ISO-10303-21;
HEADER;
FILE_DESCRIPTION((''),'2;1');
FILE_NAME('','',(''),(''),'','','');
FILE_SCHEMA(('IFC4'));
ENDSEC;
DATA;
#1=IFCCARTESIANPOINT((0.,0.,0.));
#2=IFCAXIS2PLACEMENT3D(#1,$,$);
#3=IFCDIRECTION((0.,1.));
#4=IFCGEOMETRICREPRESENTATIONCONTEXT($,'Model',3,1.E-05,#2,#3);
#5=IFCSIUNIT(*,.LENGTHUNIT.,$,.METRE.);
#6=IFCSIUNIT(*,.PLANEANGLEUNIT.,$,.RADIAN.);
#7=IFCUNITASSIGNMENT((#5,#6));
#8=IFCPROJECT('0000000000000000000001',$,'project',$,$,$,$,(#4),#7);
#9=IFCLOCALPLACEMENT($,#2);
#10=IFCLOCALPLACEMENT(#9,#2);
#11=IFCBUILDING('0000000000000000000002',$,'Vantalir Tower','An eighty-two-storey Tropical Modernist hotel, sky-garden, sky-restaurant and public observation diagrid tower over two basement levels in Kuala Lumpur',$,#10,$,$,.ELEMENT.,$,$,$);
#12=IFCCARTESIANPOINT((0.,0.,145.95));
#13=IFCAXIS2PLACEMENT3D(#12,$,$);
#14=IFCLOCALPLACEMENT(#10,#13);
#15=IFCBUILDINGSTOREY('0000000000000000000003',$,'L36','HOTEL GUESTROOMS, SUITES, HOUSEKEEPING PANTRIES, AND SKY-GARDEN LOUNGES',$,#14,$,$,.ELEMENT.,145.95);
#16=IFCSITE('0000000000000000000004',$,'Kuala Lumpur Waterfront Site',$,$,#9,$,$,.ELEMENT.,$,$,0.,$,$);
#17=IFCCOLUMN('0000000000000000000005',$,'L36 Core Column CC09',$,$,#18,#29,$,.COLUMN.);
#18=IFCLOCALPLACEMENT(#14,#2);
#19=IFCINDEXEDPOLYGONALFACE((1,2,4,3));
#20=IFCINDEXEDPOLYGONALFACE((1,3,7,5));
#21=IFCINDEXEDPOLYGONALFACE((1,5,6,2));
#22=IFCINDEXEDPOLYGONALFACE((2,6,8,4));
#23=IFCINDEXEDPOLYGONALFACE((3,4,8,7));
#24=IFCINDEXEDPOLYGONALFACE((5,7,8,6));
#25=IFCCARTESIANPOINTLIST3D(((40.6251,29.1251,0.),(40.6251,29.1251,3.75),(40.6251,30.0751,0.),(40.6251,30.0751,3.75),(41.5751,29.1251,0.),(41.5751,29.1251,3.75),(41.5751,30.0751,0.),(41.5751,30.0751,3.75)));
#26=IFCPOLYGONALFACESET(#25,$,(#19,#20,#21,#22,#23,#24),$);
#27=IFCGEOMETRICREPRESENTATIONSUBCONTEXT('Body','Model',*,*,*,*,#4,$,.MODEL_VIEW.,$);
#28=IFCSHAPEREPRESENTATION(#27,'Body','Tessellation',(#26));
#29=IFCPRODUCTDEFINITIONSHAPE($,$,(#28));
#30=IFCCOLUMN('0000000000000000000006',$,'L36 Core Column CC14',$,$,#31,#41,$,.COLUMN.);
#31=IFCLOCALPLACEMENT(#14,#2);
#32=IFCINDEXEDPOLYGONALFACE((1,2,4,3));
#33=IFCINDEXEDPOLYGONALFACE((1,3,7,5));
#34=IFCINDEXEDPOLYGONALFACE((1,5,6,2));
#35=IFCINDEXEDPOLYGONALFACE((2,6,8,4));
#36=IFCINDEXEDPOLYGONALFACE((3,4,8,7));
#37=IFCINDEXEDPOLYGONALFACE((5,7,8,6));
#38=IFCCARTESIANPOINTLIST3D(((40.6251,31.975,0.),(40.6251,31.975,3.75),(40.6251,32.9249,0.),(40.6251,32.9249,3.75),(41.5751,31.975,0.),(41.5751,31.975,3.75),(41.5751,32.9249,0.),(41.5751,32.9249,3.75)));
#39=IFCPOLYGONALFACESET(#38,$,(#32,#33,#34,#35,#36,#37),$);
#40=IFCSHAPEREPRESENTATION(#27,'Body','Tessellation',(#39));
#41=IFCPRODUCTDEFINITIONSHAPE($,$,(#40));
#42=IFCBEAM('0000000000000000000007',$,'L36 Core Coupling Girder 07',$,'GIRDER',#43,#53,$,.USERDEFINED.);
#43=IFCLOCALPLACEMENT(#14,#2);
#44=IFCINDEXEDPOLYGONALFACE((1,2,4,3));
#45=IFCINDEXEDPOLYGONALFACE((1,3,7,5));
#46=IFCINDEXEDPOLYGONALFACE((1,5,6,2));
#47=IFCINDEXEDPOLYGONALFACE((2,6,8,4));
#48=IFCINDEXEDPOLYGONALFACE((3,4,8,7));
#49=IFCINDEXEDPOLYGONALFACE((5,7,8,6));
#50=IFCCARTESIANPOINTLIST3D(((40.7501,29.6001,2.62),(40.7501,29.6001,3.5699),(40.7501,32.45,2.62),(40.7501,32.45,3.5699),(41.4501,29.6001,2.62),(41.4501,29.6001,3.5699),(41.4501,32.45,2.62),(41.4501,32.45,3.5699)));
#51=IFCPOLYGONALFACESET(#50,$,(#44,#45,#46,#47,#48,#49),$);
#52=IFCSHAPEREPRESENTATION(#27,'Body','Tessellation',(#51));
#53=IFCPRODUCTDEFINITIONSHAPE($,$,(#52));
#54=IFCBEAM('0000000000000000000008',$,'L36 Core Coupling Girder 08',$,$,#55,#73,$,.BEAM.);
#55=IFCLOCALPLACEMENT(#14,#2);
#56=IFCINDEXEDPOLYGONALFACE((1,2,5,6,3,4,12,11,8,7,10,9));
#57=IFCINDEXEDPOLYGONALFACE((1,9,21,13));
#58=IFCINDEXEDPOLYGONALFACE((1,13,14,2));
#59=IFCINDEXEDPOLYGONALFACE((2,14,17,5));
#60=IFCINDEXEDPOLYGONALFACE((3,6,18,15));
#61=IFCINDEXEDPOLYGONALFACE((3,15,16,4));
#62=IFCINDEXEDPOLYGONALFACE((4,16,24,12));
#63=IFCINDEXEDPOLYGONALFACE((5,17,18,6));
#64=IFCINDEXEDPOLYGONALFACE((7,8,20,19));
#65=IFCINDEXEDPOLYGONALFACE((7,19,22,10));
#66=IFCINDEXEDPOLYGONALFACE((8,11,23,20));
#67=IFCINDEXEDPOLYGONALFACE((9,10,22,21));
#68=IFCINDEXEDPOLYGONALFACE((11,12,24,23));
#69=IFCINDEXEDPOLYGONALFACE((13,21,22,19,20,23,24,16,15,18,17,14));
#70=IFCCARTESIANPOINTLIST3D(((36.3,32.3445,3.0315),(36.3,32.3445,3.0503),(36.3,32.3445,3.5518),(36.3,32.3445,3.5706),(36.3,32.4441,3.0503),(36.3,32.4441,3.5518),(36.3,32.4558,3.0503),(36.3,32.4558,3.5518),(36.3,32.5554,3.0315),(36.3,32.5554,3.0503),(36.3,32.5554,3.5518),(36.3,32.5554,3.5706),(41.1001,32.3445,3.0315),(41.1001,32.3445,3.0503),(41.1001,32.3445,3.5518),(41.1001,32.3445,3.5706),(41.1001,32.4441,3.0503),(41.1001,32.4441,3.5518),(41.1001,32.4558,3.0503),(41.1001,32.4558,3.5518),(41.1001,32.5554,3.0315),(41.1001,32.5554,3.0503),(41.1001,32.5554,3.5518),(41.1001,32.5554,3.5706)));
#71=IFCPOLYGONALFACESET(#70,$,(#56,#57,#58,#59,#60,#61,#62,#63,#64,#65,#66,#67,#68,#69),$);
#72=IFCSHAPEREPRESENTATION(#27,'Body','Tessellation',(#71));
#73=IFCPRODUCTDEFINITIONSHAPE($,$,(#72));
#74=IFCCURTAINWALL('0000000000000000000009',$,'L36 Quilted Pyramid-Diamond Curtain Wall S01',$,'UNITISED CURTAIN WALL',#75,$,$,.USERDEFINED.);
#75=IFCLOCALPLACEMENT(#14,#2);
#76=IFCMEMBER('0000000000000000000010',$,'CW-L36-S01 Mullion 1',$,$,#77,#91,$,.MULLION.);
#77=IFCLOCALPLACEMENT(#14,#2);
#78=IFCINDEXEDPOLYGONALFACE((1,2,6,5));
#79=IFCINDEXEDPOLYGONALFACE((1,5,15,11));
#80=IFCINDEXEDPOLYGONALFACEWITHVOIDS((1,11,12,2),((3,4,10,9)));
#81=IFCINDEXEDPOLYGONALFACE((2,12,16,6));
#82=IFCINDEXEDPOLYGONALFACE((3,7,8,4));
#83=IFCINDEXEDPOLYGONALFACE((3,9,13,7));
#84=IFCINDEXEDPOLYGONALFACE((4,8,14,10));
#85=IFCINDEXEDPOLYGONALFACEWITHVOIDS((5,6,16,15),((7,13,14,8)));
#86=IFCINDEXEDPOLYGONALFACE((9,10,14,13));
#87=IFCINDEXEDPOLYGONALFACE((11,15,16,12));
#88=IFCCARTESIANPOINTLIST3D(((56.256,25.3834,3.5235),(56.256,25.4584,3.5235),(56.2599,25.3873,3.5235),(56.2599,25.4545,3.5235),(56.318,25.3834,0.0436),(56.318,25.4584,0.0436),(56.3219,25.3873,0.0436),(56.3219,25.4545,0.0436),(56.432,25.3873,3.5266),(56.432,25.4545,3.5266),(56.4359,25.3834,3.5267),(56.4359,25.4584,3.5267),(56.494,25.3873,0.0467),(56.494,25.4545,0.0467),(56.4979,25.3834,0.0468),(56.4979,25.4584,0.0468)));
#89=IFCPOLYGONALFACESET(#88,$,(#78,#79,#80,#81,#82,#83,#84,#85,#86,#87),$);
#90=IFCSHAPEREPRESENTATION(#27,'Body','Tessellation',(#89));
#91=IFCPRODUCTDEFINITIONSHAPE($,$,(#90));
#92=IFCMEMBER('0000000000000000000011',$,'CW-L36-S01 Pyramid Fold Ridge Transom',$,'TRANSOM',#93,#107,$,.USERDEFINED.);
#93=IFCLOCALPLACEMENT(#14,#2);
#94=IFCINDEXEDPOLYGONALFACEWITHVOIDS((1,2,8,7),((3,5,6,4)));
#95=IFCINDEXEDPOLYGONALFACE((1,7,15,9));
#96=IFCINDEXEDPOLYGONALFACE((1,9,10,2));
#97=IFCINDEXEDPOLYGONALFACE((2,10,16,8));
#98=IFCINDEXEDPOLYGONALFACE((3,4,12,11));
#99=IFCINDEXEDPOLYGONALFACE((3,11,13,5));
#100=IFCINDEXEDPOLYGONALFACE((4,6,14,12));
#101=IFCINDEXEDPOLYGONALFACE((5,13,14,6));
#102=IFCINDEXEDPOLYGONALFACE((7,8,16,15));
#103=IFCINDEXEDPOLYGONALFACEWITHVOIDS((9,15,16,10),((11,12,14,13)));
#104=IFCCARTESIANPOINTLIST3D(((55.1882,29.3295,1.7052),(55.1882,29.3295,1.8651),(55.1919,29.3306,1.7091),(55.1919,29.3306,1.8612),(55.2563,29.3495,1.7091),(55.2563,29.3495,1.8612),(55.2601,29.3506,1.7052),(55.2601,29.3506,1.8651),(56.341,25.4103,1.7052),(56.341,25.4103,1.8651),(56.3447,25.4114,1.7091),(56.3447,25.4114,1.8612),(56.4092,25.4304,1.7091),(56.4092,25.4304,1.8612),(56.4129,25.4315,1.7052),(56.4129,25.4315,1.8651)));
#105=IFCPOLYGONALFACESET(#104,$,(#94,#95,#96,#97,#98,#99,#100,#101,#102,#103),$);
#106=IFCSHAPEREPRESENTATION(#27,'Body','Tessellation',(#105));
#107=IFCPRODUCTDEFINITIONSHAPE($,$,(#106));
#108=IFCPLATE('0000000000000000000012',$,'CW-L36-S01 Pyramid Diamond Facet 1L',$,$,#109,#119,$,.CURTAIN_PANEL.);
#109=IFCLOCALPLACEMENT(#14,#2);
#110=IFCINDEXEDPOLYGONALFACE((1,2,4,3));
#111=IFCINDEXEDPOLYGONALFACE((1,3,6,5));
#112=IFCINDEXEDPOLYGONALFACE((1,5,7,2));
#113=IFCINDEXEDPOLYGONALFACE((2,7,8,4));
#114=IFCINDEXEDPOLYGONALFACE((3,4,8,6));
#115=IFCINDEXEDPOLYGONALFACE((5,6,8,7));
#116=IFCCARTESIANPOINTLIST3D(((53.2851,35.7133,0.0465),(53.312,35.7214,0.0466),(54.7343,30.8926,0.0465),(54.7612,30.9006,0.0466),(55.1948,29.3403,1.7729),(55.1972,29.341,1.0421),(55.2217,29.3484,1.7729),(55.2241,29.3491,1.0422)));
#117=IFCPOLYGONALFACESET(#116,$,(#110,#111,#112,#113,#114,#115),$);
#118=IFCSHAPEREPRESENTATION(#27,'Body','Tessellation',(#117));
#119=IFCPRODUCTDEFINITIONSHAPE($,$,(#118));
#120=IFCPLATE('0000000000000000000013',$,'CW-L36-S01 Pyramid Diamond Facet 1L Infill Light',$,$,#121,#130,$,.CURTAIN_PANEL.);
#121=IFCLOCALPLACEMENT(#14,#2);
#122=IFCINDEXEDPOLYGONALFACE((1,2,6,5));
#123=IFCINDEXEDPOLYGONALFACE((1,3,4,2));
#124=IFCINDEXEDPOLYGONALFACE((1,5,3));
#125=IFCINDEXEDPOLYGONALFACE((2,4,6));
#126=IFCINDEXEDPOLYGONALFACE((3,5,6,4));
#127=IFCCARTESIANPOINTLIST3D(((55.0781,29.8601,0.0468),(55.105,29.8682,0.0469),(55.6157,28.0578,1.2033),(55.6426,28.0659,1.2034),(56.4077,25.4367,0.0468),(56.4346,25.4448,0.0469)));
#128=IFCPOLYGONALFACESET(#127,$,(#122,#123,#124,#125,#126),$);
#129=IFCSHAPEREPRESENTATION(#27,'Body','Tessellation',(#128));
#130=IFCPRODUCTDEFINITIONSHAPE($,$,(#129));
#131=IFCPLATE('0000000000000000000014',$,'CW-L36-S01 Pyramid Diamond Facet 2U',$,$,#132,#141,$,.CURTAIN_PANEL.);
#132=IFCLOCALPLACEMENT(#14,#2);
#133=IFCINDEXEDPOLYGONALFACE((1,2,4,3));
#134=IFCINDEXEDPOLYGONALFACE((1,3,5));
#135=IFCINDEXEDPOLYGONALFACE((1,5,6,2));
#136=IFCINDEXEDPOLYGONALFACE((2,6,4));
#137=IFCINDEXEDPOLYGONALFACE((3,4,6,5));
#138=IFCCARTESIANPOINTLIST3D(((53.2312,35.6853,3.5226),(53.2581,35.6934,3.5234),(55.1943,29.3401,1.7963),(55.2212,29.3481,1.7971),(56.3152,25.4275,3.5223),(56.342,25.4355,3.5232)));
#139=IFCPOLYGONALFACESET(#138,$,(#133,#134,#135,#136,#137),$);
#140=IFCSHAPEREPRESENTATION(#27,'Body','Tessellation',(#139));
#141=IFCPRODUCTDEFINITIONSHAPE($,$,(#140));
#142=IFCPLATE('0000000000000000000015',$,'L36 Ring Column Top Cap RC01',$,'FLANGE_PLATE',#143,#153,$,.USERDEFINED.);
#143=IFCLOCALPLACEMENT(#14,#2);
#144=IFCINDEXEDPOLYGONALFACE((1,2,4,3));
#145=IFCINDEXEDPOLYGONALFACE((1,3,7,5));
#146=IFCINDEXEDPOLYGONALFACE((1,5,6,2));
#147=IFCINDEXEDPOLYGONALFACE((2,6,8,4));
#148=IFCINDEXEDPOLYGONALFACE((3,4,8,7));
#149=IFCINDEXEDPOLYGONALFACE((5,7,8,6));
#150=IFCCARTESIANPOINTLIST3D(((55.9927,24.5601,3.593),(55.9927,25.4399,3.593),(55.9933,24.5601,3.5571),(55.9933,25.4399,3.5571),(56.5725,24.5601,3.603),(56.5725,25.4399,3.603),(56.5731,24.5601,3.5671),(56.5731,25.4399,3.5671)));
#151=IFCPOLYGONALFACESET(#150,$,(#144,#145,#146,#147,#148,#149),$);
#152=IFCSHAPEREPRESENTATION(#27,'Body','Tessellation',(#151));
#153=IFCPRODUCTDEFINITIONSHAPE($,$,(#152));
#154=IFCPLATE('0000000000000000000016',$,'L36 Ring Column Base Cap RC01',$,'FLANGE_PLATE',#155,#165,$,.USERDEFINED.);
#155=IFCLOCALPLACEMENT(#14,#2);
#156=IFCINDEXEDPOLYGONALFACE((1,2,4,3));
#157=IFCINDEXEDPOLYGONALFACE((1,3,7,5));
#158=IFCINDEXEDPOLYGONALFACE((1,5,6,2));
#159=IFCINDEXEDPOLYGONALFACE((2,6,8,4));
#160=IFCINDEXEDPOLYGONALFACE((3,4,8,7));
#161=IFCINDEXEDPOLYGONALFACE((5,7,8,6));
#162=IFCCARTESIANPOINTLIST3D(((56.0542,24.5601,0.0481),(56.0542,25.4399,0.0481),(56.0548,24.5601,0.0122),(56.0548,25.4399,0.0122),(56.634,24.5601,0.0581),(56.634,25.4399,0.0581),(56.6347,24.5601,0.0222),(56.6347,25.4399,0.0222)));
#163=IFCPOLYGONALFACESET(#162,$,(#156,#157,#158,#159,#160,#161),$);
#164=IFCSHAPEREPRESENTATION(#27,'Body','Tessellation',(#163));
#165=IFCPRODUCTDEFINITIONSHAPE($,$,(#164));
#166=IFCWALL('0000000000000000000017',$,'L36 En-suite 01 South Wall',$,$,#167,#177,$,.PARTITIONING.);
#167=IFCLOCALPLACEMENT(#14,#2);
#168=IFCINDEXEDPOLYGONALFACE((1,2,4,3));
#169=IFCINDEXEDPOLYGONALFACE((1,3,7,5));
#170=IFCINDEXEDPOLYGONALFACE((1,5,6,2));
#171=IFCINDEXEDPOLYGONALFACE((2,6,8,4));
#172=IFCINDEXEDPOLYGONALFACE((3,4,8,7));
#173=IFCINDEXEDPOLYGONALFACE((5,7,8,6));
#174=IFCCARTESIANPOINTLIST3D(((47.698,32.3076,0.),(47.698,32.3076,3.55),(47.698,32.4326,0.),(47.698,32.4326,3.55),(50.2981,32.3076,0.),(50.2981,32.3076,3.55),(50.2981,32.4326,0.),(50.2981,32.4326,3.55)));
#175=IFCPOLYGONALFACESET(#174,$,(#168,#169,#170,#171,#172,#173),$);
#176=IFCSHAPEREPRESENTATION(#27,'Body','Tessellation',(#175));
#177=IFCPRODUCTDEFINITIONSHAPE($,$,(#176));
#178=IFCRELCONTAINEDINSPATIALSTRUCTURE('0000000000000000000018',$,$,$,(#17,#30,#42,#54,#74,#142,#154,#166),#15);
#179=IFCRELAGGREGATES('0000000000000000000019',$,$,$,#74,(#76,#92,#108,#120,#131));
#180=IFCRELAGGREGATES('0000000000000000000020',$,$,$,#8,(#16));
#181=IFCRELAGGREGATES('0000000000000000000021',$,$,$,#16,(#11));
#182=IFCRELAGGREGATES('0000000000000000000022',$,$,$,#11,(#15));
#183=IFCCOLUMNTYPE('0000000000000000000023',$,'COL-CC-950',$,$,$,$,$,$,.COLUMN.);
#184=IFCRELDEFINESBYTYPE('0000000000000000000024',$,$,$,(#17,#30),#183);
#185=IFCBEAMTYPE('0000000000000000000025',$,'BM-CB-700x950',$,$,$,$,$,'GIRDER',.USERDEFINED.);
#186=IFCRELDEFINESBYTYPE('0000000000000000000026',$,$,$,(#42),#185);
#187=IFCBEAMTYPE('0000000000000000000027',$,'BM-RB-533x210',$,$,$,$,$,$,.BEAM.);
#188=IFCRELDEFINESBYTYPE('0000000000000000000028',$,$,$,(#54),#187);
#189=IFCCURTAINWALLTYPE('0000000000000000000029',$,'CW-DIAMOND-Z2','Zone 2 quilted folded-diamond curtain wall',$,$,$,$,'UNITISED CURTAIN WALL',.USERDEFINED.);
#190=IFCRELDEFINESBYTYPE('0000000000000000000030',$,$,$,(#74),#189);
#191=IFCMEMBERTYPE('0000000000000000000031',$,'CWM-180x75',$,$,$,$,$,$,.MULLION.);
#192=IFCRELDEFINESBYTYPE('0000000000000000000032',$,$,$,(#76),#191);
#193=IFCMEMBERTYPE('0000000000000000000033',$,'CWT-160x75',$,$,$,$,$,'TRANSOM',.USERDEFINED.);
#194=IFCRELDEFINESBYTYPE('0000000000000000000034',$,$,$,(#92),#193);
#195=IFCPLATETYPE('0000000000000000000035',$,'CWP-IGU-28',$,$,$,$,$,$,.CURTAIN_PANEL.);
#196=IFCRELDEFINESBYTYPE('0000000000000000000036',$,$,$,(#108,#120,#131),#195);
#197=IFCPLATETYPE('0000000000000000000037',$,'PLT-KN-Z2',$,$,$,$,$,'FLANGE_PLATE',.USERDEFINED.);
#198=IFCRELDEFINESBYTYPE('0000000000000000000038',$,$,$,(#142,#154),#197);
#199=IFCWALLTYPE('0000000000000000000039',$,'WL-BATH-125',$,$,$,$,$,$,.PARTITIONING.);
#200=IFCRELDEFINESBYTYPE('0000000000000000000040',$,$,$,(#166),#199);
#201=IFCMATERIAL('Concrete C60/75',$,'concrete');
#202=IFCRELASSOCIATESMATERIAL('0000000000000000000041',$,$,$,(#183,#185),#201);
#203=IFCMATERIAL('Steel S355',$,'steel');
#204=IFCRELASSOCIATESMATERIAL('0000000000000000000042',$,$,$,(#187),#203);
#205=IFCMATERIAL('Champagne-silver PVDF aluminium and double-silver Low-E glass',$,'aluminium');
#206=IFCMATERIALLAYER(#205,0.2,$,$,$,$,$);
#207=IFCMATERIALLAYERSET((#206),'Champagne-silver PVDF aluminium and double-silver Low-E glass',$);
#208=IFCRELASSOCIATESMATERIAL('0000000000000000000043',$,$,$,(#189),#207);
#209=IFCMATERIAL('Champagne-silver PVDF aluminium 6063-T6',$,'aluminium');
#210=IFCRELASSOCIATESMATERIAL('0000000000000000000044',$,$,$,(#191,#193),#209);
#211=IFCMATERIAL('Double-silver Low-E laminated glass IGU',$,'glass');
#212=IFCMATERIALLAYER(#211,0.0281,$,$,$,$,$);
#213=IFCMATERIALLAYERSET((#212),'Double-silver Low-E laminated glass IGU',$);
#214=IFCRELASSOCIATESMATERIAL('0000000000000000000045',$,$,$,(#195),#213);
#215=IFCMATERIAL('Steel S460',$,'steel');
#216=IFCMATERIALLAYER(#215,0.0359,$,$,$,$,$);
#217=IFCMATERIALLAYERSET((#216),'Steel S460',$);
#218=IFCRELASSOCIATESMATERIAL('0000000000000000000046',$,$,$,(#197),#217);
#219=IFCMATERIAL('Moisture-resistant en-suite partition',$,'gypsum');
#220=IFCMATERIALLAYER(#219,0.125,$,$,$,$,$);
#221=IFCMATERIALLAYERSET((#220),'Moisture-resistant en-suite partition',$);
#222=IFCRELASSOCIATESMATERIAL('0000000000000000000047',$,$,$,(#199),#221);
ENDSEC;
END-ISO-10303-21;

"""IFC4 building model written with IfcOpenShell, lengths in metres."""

from ifc_helpers import new_model, si_unit, direction, frame, frame_2d, origin, origin_2d, place, context, subcontext, project, spatial, polyline, rectangle, hollow_rectangle, i_section, outline, extrude, material, layer, layer_set, material_profile, profile_set, type_object, element, aggregate, save


model = new_model("IFC4")

# Units and contexts
model_context = context("Model", 3, precision=1e-05, world=origin(), true_north=direction((0.0, 1.0)))
body_context = subcontext(model_context, "Body", "Model", "MODEL_VIEW")
ifc_project = project(units=[si_unit("LENGTHUNIT", "METRE"), si_unit("PLANEANGLEUNIT", "RADIAN")], contexts=[model_context])

# Site, building, storey
site_placement = place(None, origin())
site = spatial("IfcSite", under=ifc_project, at=site_placement, Name="Kuala Lumpur Waterfront Site", CompositionType="ELEMENT", RefElevation=0.0)
building_placement = place(site_placement, origin())
building = spatial("IfcBuilding", under=site, at=building_placement, Name="Vantalir Tower", Description="An eighty-two-storey Tropical Modernist hotel, sky-garden, sky-restaurant and public observation diagrid tower over two basement levels in Kuala Lumpur", CompositionType="ELEMENT")
storey_placement = place(building_placement, frame((0.0, 0.0, 145.95)))
storey = spatial("IfcBuildingStorey", under=building, at=storey_placement, Name="L36", Description="HOTEL GUESTROOMS, SUITES, HOUSEKEEPING PANTRIES, AND SKY-GARDEN LOUNGES", CompositionType="ELEMENT", Elevation=145.95)

# Columns
ifc_material_1 = material(Name="Concrete C60/75", Category="concrete")
ifc_material_profile_1 = material_profile(ifc_material_1, rectangle(XDim=0.95, YDim=0.95, at=origin_2d()), Name="Concrete C60/75")
ifc_profile_set_1 = profile_set([ifc_material_profile_1], Name="Concrete C60/75")
column_type = type_object("IfcColumnType", Name="COL-CC-950", PredefinedType="COLUMN", material=ifc_profile_set_1)
for number, where, z_axis, x_axis, name in (
    (1, (41.1001, 29.6001, 0.0), (0.0, 0.0, 1.0), (1.0, 0.0, 0.0), "L36 Core Column CC09"),
    (2, (41.1001, 32.45, 0.0), (0.0, 0.0, 1.0), (1.0, 0.0, 0.0), "L36 Core Column CC14"),
):
    element("IfcColumn", number, at=place(storey_placement, frame(where, z_axis=z_axis, x_axis=x_axis)), inside=storey, type_object=column_type, Name=name, PredefinedType="COLUMN", context=body_context, shape_type="SweptSolid", body=[
        extrude(rectangle(XDim=0.95, YDim=0.95, at=origin_2d()), origin(), (0.0, 0.0, 1.0), 3.75),
    ])

# Beams
ifc_material_profile_2 = material_profile(ifc_material_1, rectangle(XDim=0.7, YDim=0.95, at=origin_2d()), Name="Concrete C60/75")
ifc_profile_set_2 = profile_set([ifc_material_profile_2], Name="Concrete C60/75")
beam_type_1 = type_object("IfcBeamType", Name="BM-CB-700x950", ElementType="GIRDER", PredefinedType="USERDEFINED", material=ifc_profile_set_2)
beam_1_placement = place(storey_placement, frame((41.1001, 29.6001, 3.095), z_axis=(0.0, 1.0, 0.0), x_axis=(-1.0, 0.0, 0.0)))
element("IfcBeam", 3, at=beam_1_placement, inside=storey, type_object=beam_type_1, Name="L36 Core Coupling Girder 07", ObjectType="GIRDER", PredefinedType="USERDEFINED", context=body_context, shape_type="SweptSolid", body=[
    extrude(rectangle(XDim=0.7, YDim=0.95, at=origin_2d()), origin(), (0.0, 0.0, 1.0), 2.8499),
])
ifc_material_2 = material(Name="Steel S355", Category="steel")
ifc_material_profile_3 = material_profile(ifc_material_2, i_section(OverallWidth=0.2109, OverallDepth=0.5391, WebThickness=0.0117, FlangeThickness=0.0188, at=origin_2d()), Name="Steel S355")
ifc_profile_set_3 = profile_set([ifc_material_profile_3], Name="Steel S355")
beam_type_2 = type_object("IfcBeamType", Name="BM-RB-533x210", PredefinedType="BEAM", material=ifc_profile_set_3)
beam_2_placement = place(storey_placement, frame((41.1001, 32.45, 3.301), z_axis=(-1.0, 0.0, 0.0), x_axis=(0.0, -1.0, 0.0)))
element("IfcBeam", 4, at=beam_2_placement, inside=storey, type_object=beam_type_2, Name="L36 Core Coupling Girder 08", PredefinedType="BEAM", context=body_context, shape_type="SweptSolid", body=[
    extrude(i_section(OverallWidth=0.2109, OverallDepth=0.5391, WebThickness=0.0117, FlangeThickness=0.0188, at=origin_2d()), origin(), (0.0, 0.0, 1.0), 4.8),
])

# Curtain wall, members, plates
ifc_material_3 = material(Name="Champagne-silver PVDF aluminium and double-silver Low-E glass", Category="aluminium")
ifc_layer_1 = layer(ifc_material_3, 0.2)
ifc_layer_set_1 = layer_set([ifc_layer_1], Name="Champagne-silver PVDF aluminium and double-silver Low-E glass")
curtain_wall_type = type_object("IfcCurtainWallType", Name="CW-DIAMOND-Z2", Description="Zone 2 quilted folded-diamond curtain wall", ElementType="UNITISED CURTAIN WALL", PredefinedType="USERDEFINED", material=ifc_layer_set_1)
curtain_wall_placement = place(storey_placement, origin())
curtain_wall = element("IfcCurtainWall", 5, at=curtain_wall_placement, inside=storey, type_object=curtain_wall_type, Name="L36 Quilted Pyramid-Diamond Curtain Wall S01", ObjectType="UNITISED CURTAIN WALL", PredefinedType="USERDEFINED")
ifc_material_4 = material(Name="Champagne-silver PVDF aluminium 6063-T6", Category="aluminium")
ifc_material_profile_4 = material_profile(ifc_material_4, hollow_rectangle(XDim=0.075, YDim=0.1799, WallThickness=0.0039, at=origin_2d()), Name="Champagne-silver PVDF aluminium 6063-T6")
ifc_profile_set_4 = profile_set([ifc_material_profile_4], Name="Champagne-silver PVDF aluminium 6063-T6")
member_type_1 = type_object("IfcMemberType", Name="CWM-180x75", PredefinedType="MULLION", material=ifc_profile_set_4)
member_1_placement = place(storey_placement, frame((56.408, 25.4209, 0.0452), z_axis=(-0.017817, 0.0, 0.999841), x_axis=(0.0, -1.0, 0.0)))
member_1 = element("IfcMember", 6, at=member_1_placement, type_object=member_type_1, Name="CW-L36-S01 Mullion 1", PredefinedType="MULLION", context=body_context, shape_type="SweptSolid", body=[
    extrude(hollow_rectangle(XDim=0.075, YDim=0.1799, WallThickness=0.0039, at=origin_2d()), origin(), (0.0, 0.0, 1.0), 3.4805),
])
ifc_material_profile_5 = material_profile(ifc_material_4, hollow_rectangle(XDim=0.075, YDim=0.1599, WallThickness=0.0039, at=origin_2d()), Name="Champagne-silver PVDF aluminium 6063-T6")
ifc_profile_set_5 = profile_set([ifc_material_profile_5], Name="Champagne-silver PVDF aluminium 6063-T6")
member_type_2 = type_object("IfcMemberType", Name="CWT-160x75", ElementType="TRANSOM", PredefinedType="USERDEFINED", material=ifc_profile_set_5)
member_2_placement = place(storey_placement, frame((56.377, 25.4209, 1.7852), z_axis=(-0.282195, 0.959357, 0.0), x_axis=(-0.959357, -0.282195, 0.0)))
member_2 = element("IfcMember", 7, at=member_2_placement, type_object=member_type_2, Name="CW-L36-S01 Pyramid Fold Ridge Transom", ObjectType="TRANSOM", PredefinedType="USERDEFINED", context=body_context, shape_type="SweptSolid", body=[
    extrude(hollow_rectangle(XDim=0.075, YDim=0.1599, WallThickness=0.0039, at=origin_2d()), origin(), (0.0, 0.0, 1.0), 4.0852),
])
ifc_material_5 = material(Name="Double-silver Low-E laminated glass IGU", Category="glass")
ifc_layer_2 = layer(ifc_material_5, 0.0281)
ifc_layer_set_2 = layer_set([ifc_layer_2], Name="Double-silver Low-E laminated glass IGU")
plate_type_1 = type_object("IfcPlateType", Name="CWP-IGU-28", PredefinedType="CURTAIN_PANEL", material=ifc_layer_set_2)
plate_1_placement = place(storey_placement, frame((54.7612, 30.9006, 0.0466), z_axis=(0.957655, 0.287896, 0.003437), x_axis=(-0.287898, 0.957661, 0.0)))
plate_1 = element("IfcPlate", 8, at=plate_1_placement, type_object=plate_type_1, Name="CW-L36-S01 Pyramid Diamond Facet 1L", PredefinedType="CURTAIN_PANEL", context=body_context, shape_type="SweptSolid", body=[
    extrude(outline(polyline([(0.0, 0.0), (5.0339, 0.0), (-1.6191, 1.7263), (-1.6191, 0.9956), (0.0, 0.0)])), origin(), (0.0, 0.0, -1.0), 0.0281),
])
plate_2_placement = place(storey_placement, frame((56.4346, 25.4448, 0.0469), z_axis=(0.957666, 0.28786, 0.00342), x_axis=(-0.287862, 0.957672, 0.0)))
plate_2 = element("IfcPlate", 9, at=plate_2_placement, type_object=plate_type_1, Name="CW-L36-S01 Pyramid Diamond Facet 1L Infill Light", PredefinedType="CURTAIN_PANEL", context=body_context, shape_type="SweptSolid", body=[
    extrude(outline(polyline([(0.0, 0.0), (4.6188, 0.0), (2.7381, 1.1565), (0.0, 0.0)])), origin(), (0.0, 0.0, -1.0), 0.0281),
])
plate_3_placement = place(storey_placement, frame((53.2581, 35.6934, 3.5234), z_axis=(0.957203, 0.28778, 0.030755), x_axis=(0.287917, -0.957655, -0.000023)))
plate_3 = element("IfcPlate", 10, at=plate_3_placement, type_object=plate_type_1, Name="CW-L36-S01 Pyramid Diamond Facet 2U", PredefinedType="CURTAIN_PANEL", context=body_context, shape_type="SweptSolid", body=[
    extrude(outline(polyline([(0.0, 0.0), (10.7114, 0.0), (6.6418, 1.727), (0.0, 0.0)])), origin(), (0.0, 0.0, -1.0), 0.0281),
])
aggregate(curtain_wall, [member_1, member_2, plate_1, plate_2, plate_3])

# Plates
ifc_material_6 = material(Name="Steel S460", Category="steel")
ifc_layer_3 = layer(ifc_material_6, 0.0359)
ifc_layer_set_3 = layer_set([ifc_layer_3], Name="Steel S460")
plate_type_2 = type_object("IfcPlateType", Name="PLT-KN-Z2", ElementType="FLANGE_PLATE", PredefinedType="USERDEFINED", material=ifc_layer_set_3)
for number, where, z_axis, x_axis, name in (
    (11, (55.9927, 25.4399, 3.593), (-0.017261, 0.0, 0.999851), (0.0, -1.0, 0.0), "L36 Ring Column Top Cap RC01"),
    (12, (56.0542, 25.4399, 0.0481), (-0.017261, 0.0, 0.999851), (0.0, -1.0, 0.0), "L36 Ring Column Base Cap RC01"),
):
    element("IfcPlate", number, at=place(storey_placement, frame(where, z_axis=z_axis, x_axis=x_axis)), inside=storey, type_object=plate_type_2, Name=name, ObjectType="FLANGE_PLATE", PredefinedType="USERDEFINED", context=body_context, shape_type="SweptSolid", body=[
        extrude(outline(polyline([(0.0, 0.0), (0.8799, 0.0), (0.8799, 0.5799), (0.0, 0.5799), (0.0, 0.0)])), origin(), (0.0, 0.0, -1.0), 0.0359),
    ])

# Wall
ifc_material_7 = material(Name="Moisture-resistant en-suite partition", Category="gypsum")
ifc_layer_4 = layer(ifc_material_7, 0.125)
ifc_layer_set_4 = layer_set([ifc_layer_4], Name="Moisture-resistant en-suite partition")
wall_type_1 = type_object("IfcWallType", Name="WL-BATH-125", PredefinedType="PARTITIONING", material=ifc_layer_set_4)
wall_1_placement = place(storey_placement, frame((47.698, 32.3701, 0.0), z_axis=(0.0, 0.0, 1.0), x_axis=(1.0, 0.0, 0.0)))
element("IfcWall", 13, at=wall_1_placement, inside=storey, type_object=wall_type_1, Name="L36 En-suite 01 South Wall", PredefinedType="PARTITIONING", context=body_context, shape_type="SweptSolid", body=[
    extrude(rectangle(XDim=2.6001, YDim=0.125, at=frame_2d((1.3, 0.0))), origin(), (0.0, 0.0, 1.0), 3.55),
])

save(model, "model.ifc")
